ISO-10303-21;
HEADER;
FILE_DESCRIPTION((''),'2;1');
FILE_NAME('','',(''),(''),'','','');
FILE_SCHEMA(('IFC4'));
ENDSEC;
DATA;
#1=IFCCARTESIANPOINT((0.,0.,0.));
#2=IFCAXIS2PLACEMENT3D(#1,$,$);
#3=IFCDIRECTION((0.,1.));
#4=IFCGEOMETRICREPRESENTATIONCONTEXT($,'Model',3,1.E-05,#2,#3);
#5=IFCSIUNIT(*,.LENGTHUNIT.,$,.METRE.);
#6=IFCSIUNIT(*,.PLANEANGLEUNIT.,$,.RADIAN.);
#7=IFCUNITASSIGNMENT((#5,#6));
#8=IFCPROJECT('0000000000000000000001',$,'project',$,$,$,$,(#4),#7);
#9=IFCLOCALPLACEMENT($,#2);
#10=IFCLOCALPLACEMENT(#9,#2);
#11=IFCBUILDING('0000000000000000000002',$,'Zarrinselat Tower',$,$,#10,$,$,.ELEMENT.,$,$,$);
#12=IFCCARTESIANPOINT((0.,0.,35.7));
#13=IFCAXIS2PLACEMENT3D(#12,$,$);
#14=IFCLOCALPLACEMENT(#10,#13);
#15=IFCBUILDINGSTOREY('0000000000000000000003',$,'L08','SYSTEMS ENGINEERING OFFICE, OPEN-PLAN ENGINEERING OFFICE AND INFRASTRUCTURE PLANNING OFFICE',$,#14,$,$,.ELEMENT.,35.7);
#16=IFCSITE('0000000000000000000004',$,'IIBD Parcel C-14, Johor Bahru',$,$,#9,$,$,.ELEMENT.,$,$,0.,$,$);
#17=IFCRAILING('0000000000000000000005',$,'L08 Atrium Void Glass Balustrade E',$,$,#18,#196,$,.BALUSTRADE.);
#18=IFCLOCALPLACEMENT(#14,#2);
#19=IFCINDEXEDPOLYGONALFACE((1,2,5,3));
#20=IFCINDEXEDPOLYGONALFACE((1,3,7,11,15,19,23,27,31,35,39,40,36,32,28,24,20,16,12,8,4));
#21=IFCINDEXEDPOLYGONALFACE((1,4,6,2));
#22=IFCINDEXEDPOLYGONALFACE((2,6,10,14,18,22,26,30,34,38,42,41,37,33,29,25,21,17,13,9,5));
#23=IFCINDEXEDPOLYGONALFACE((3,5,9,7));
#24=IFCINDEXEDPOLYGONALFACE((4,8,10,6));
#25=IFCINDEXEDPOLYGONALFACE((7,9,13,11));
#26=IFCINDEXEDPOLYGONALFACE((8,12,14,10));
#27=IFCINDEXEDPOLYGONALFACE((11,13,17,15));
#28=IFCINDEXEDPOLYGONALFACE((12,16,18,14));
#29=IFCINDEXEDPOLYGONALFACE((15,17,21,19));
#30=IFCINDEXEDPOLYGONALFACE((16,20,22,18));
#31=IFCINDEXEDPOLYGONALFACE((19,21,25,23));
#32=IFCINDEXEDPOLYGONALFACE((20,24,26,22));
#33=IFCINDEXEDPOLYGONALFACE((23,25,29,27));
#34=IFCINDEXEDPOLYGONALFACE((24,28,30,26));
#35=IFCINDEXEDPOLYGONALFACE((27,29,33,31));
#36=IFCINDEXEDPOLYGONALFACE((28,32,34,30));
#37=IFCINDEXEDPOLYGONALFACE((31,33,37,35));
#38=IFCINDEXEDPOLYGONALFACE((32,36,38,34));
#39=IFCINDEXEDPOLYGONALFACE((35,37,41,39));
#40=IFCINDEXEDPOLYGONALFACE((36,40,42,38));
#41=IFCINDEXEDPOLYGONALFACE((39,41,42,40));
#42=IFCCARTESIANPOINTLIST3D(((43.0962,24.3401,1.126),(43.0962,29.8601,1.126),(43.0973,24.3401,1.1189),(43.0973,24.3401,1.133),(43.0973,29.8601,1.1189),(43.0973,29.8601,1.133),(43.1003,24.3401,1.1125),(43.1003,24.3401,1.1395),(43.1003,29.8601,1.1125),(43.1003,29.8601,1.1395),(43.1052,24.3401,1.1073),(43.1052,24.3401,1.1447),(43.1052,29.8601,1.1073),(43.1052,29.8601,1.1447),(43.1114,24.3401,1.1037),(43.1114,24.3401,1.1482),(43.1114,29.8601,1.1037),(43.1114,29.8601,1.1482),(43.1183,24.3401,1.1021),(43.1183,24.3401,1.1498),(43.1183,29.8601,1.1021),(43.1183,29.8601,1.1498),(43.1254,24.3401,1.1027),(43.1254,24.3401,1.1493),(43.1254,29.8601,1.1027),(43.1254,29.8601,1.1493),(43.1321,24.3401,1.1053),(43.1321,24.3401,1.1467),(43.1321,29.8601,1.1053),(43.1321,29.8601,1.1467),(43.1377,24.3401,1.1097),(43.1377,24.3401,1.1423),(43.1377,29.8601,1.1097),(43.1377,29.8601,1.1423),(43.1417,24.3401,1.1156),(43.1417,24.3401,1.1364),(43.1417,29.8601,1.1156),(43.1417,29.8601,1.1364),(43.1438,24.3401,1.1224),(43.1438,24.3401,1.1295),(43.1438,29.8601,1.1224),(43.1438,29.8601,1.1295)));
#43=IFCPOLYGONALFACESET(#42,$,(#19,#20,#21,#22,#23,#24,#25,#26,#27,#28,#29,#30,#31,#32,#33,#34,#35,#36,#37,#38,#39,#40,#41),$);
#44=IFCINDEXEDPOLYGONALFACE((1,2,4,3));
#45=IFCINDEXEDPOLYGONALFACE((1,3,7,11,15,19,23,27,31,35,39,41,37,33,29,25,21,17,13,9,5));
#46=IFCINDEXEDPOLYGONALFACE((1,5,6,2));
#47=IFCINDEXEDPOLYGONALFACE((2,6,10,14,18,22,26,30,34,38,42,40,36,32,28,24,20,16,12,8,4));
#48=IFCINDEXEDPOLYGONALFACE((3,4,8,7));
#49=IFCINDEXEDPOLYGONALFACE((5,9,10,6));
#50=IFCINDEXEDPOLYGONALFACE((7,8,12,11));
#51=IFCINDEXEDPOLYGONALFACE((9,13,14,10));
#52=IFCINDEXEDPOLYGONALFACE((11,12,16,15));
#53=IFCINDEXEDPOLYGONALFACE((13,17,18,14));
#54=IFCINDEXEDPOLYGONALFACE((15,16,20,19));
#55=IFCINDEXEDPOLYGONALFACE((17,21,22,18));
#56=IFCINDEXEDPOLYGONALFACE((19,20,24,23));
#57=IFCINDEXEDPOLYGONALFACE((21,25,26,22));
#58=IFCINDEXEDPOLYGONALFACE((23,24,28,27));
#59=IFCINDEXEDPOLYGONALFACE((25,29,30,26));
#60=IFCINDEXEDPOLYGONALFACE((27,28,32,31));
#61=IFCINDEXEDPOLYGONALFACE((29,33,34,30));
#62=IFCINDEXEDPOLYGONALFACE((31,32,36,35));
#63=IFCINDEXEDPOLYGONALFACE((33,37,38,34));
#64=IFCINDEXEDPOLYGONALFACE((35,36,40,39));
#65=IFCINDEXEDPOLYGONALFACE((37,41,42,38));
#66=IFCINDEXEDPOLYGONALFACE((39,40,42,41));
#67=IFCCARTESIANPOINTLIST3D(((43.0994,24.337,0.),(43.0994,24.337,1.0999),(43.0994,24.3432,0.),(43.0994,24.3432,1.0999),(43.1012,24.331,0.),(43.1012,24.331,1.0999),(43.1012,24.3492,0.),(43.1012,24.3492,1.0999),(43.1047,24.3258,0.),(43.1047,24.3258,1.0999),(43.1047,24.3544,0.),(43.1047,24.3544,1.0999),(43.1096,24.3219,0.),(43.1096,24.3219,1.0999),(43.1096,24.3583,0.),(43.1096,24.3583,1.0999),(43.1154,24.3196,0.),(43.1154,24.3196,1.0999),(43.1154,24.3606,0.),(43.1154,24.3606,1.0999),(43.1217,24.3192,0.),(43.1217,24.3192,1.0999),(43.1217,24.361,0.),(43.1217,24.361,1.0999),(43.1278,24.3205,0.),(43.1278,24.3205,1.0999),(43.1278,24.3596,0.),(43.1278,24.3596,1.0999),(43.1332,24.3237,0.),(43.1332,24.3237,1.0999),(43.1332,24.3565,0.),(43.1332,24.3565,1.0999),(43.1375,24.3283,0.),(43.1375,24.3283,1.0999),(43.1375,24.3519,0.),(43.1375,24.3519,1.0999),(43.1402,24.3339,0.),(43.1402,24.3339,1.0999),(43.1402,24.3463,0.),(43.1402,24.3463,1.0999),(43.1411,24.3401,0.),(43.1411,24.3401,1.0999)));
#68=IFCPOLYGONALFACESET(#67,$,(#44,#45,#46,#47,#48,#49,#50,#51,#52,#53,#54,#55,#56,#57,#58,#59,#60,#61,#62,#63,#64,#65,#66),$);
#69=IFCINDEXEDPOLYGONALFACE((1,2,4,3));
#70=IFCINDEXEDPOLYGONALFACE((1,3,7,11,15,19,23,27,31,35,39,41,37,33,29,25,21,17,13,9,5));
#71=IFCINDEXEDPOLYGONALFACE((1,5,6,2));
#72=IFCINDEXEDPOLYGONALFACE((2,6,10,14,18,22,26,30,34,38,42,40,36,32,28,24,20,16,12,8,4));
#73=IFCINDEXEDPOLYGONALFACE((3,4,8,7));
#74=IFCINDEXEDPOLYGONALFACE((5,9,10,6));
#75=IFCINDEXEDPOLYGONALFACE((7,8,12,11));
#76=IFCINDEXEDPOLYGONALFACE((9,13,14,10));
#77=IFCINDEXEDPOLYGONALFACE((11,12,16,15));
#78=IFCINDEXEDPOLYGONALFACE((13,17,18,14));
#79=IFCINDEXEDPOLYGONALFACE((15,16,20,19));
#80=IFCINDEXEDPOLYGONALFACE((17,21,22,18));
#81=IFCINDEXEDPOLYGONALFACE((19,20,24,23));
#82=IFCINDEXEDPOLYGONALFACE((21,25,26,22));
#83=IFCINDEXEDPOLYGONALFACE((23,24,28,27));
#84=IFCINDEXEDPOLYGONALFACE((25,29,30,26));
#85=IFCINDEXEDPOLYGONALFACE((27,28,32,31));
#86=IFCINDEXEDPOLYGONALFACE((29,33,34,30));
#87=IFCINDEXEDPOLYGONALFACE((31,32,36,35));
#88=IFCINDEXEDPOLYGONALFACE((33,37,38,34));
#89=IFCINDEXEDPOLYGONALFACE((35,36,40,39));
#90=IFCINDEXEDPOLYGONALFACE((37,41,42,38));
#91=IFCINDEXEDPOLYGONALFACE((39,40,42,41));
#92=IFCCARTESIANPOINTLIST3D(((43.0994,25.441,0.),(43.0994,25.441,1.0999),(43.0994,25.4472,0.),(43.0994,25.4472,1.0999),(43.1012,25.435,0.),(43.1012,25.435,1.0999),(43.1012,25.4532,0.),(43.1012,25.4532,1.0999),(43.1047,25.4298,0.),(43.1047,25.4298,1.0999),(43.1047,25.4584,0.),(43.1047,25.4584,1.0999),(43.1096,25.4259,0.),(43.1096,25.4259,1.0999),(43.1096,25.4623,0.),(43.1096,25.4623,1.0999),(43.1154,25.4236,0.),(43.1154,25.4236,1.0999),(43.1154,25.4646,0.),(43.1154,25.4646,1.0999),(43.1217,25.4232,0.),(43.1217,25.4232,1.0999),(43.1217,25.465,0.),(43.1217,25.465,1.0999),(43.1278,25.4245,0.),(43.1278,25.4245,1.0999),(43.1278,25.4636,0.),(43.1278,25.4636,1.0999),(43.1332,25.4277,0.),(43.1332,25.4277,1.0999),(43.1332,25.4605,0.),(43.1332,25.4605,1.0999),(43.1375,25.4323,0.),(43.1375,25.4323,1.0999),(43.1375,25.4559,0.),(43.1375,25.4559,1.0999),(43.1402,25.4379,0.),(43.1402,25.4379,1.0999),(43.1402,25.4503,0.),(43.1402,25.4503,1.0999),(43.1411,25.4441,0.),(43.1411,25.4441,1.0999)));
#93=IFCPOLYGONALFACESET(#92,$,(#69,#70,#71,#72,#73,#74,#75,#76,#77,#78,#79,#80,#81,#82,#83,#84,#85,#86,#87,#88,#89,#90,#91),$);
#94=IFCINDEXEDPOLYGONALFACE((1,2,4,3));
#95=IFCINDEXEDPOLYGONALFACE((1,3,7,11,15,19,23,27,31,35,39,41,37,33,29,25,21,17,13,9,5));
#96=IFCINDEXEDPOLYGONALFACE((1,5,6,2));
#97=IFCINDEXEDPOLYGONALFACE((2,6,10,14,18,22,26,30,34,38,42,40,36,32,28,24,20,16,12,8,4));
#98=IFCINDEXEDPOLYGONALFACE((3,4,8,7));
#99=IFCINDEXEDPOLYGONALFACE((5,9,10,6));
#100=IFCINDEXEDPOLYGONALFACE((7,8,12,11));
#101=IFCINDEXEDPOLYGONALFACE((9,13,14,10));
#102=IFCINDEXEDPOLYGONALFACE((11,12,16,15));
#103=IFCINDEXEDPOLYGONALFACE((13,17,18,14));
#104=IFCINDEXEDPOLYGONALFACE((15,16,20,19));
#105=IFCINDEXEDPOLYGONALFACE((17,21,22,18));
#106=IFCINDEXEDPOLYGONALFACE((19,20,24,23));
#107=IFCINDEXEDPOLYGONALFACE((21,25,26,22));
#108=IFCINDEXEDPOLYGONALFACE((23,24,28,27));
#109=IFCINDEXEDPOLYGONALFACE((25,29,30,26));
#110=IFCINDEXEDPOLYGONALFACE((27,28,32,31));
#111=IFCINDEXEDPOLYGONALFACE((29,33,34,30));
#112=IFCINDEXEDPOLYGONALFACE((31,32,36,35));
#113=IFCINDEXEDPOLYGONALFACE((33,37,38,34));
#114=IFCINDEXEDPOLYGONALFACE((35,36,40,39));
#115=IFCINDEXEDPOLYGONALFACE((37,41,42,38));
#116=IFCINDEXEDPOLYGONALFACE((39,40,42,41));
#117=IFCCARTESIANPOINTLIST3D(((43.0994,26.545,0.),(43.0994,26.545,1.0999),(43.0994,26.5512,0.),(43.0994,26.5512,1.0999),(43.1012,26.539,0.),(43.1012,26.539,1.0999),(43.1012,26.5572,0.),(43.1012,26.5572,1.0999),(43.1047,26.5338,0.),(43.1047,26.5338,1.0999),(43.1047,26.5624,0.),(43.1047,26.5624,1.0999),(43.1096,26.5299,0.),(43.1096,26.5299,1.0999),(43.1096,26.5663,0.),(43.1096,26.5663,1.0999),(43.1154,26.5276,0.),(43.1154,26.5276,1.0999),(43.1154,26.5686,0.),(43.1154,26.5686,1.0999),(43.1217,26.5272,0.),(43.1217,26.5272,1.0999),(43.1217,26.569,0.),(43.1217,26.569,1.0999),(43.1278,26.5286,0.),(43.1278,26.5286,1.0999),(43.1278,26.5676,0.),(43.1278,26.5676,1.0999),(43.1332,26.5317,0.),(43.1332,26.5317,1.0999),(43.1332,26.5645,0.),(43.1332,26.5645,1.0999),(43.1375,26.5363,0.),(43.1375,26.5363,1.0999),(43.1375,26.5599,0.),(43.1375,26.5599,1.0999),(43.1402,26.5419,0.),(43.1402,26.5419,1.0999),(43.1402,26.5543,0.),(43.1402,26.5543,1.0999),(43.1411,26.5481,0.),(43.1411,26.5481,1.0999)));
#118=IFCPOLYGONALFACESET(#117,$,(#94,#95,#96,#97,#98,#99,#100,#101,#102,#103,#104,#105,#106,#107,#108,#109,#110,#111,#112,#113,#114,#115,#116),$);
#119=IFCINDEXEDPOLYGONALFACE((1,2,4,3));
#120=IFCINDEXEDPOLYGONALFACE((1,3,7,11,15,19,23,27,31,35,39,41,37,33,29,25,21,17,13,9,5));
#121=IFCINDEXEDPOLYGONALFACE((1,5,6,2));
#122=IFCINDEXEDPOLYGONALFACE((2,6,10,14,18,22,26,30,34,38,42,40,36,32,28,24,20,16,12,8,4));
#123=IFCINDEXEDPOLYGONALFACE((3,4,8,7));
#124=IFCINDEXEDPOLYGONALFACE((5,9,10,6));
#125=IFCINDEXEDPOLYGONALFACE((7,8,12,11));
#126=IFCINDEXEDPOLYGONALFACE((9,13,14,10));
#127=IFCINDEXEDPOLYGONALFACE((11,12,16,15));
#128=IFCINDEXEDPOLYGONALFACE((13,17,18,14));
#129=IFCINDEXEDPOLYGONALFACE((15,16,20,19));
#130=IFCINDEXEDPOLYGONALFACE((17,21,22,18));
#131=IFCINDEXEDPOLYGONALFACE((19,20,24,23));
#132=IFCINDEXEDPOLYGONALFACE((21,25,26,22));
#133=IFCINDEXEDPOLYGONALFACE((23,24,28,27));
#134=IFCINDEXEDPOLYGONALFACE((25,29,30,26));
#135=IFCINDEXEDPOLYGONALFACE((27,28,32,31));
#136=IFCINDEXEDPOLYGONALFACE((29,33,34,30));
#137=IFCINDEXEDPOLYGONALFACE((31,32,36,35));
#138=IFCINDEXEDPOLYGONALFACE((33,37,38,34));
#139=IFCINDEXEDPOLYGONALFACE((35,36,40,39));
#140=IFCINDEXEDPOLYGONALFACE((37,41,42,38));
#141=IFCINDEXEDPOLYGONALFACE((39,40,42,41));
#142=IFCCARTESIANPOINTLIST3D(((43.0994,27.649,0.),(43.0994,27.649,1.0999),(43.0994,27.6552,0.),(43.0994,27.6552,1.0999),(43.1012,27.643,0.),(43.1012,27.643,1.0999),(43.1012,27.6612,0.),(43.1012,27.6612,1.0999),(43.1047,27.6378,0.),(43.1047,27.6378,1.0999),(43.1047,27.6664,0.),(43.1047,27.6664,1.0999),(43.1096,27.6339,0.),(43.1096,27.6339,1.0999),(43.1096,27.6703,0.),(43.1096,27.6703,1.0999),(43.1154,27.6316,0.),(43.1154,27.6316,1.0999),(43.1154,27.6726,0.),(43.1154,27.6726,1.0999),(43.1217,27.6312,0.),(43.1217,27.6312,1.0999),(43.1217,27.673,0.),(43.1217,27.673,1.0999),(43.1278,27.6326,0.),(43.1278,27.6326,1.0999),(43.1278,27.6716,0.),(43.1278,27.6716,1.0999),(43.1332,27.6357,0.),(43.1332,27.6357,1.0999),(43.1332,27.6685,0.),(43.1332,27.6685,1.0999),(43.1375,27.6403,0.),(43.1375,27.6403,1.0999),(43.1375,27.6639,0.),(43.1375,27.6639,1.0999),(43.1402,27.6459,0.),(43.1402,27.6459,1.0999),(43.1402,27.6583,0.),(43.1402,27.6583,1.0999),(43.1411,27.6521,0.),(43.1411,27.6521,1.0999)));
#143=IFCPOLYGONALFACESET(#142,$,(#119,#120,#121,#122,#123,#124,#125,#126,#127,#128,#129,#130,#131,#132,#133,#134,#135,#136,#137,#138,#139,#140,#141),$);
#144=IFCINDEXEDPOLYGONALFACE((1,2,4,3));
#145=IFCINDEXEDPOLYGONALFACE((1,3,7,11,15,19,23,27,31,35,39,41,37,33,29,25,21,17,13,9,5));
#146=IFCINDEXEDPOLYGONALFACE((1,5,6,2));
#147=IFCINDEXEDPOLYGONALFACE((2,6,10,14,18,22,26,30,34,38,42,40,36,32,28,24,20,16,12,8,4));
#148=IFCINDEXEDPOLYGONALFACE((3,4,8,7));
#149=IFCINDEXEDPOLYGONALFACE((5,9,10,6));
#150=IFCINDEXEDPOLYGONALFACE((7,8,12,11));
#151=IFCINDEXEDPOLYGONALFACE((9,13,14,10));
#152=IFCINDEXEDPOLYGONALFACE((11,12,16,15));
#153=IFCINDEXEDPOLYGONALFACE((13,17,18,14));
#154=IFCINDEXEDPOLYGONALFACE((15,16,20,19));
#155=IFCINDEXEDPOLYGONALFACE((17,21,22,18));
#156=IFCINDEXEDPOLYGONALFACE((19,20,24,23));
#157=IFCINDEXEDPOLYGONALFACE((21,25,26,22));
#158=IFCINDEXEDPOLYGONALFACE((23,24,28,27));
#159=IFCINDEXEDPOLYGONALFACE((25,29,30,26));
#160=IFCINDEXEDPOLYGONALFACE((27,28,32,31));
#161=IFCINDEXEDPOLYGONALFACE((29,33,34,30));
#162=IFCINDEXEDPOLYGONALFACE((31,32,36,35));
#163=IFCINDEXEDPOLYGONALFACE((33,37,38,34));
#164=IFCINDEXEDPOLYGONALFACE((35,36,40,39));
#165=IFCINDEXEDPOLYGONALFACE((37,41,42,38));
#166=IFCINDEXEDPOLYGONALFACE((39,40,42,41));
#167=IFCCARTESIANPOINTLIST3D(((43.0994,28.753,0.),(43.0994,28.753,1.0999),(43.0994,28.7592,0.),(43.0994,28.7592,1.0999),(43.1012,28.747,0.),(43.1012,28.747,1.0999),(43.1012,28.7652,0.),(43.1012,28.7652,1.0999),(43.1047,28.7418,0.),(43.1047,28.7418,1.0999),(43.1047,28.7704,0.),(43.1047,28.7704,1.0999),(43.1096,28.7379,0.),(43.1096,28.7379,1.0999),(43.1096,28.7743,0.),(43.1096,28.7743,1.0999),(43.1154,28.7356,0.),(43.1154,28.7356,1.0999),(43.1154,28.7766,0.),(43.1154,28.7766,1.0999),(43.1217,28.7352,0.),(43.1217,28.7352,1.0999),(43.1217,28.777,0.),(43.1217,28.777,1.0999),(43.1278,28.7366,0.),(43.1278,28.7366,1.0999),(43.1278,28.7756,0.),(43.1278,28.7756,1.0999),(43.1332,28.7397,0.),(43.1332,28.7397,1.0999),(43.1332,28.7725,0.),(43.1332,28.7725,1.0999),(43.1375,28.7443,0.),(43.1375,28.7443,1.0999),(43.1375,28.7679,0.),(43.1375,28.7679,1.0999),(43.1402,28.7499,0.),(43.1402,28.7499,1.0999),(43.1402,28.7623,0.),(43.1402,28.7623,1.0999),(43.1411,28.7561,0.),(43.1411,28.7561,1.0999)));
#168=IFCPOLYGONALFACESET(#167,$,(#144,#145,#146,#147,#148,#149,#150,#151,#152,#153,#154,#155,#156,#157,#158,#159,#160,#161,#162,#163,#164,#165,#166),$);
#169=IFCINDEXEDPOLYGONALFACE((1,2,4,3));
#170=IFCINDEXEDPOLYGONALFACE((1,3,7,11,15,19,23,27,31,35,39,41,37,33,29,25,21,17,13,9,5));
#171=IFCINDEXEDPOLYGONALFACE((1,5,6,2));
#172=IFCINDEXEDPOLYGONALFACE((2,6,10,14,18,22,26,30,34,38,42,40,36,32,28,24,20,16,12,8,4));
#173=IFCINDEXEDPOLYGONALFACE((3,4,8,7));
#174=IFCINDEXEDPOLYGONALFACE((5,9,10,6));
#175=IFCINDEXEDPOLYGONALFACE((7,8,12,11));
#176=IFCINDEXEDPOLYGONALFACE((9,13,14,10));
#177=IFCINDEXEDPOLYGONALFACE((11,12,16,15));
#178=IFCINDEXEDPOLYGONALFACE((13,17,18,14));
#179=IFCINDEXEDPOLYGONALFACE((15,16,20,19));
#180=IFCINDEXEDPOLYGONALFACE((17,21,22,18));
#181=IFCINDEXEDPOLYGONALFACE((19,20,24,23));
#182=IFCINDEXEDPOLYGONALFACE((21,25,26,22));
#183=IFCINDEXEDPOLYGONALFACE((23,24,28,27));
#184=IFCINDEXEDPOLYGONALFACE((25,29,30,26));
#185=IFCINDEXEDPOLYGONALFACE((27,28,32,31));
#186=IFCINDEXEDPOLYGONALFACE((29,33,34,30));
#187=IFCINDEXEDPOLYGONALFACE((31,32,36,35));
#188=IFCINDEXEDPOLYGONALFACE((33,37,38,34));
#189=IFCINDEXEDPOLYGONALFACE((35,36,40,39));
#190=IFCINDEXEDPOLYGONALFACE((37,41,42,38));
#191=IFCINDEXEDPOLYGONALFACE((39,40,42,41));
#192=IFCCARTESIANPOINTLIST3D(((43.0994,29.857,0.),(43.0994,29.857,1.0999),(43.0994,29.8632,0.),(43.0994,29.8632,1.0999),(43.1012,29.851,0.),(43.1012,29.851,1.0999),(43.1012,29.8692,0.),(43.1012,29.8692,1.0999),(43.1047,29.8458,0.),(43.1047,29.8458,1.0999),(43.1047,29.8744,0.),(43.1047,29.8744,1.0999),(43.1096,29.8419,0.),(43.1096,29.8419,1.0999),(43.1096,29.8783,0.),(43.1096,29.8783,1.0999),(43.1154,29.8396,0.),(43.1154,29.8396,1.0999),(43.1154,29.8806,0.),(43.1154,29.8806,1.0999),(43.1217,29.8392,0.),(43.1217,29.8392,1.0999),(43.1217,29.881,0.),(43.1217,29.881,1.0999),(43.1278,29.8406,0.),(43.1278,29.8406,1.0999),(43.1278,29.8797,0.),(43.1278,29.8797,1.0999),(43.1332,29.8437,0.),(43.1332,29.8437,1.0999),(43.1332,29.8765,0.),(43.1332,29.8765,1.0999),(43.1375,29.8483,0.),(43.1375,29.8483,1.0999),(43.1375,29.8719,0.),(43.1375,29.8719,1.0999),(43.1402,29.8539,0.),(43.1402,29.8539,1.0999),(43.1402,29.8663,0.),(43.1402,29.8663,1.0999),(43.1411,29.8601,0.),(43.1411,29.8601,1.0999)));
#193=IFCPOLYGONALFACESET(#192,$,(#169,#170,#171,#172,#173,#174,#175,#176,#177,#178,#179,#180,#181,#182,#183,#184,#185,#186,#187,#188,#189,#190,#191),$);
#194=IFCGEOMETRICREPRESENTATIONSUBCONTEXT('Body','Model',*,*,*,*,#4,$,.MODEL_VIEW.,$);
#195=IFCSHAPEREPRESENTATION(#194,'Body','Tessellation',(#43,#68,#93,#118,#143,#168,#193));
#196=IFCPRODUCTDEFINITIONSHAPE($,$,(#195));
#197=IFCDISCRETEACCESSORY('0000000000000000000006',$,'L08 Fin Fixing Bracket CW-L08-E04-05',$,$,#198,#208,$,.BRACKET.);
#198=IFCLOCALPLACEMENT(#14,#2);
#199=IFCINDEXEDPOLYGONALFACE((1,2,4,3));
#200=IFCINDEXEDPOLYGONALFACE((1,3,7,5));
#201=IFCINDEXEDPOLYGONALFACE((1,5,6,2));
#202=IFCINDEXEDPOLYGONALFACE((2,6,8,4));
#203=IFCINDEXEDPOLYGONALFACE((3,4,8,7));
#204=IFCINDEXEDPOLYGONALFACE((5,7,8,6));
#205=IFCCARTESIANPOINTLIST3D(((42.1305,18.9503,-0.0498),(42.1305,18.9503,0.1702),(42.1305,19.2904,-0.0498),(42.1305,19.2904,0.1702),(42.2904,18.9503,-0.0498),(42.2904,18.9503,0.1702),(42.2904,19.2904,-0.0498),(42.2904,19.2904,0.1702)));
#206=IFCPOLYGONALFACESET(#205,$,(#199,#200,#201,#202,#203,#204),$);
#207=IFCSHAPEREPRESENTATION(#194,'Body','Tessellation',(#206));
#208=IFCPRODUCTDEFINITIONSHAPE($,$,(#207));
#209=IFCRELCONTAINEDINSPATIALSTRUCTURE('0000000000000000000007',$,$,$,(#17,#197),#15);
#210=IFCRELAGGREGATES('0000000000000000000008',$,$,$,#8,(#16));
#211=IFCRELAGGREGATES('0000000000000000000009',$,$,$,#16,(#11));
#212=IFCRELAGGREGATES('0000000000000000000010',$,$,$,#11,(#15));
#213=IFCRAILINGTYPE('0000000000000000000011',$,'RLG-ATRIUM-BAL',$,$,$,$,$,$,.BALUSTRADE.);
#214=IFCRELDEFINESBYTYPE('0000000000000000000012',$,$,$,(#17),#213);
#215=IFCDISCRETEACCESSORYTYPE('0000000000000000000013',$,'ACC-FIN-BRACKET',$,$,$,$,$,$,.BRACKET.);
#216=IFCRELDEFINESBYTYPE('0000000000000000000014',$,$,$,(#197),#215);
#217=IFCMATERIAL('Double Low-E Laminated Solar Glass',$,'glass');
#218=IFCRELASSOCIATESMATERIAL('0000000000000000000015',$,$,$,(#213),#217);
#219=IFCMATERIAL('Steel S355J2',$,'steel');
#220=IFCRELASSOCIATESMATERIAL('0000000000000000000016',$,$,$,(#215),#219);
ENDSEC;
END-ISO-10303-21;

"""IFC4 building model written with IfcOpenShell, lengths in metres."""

from ifc_helpers import new_model, si_unit, direction, frame, origin, origin_2d, place, context, subcontext, project, spatial, rectangle, circle, extrude, material, type_object, element, save


model = new_model("IFC4")

# Units and contexts
model_context = context("Model", 3, precision=1e-05, world=origin(), true_north=direction((0.0, 1.0)))
body_context = subcontext(model_context, "Body", "Model", "MODEL_VIEW")
ifc_project = project(units=[si_unit("LENGTHUNIT", "METRE"), si_unit("PLANEANGLEUNIT", "RADIAN")], contexts=[model_context])

# Site, building, storey
site_placement = place(None, origin())
site = spatial("IfcSite", under=ifc_project, at=site_placement, Name="IIBD Parcel C-14, Johor Bahru", CompositionType="ELEMENT", RefElevation=0.0)
building_placement = place(site_placement, origin())
building = spatial("IfcBuilding", under=site, at=building_placement, Name="Zarrinselat Tower", CompositionType="ELEMENT")
storey_placement = place(building_placement, frame((0.0, 0.0, 35.7)))
storey = spatial("IfcBuildingStorey", under=building, at=storey_placement, Name="L08", Description="SYSTEMS ENGINEERING OFFICE, OPEN-PLAN ENGINEERING OFFICE AND INFRASTRUCTURE PLANNING OFFICE", CompositionType="ELEMENT", Elevation=35.7)

# Railing
ifc_material_1 = material(Name="Double Low-E Laminated Solar Glass", Category="glass")
railing_type = type_object("IfcRailingType", Name="RLG-ATRIUM-BAL", PredefinedType="BALUSTRADE", material=ifc_material_1)
railing_1_placement = place(storey_placement, frame((43.1201, 24.3401, 0.0)))
element("IfcRailing", 1, at=railing_1_placement, inside=storey, type_object=railing_type, Name="L08 Atrium Void Glass Balustrade E", PredefinedType="BALUSTRADE", context=body_context, shape_type="SweptSolid", body=[
    extrude(circle(Radius=0.0239, at=origin_2d()), frame((0.0, 0.0, 1.126), z_axis=(0.0, 1.0, 0.0), x_axis=(-1.0, 0.0, 0.0)), (0.0, 0.0, 1.0), 5.52),
    extrude(circle(Radius=0.021, at=origin_2d()), origin(), (0.0, 0.0, 1.0), 1.0999),
    extrude(circle(Radius=0.021, at=origin_2d()), frame((0.0, 1.104, 0.0)), (0.0, 0.0, 1.0), 1.0999),
    extrude(circle(Radius=0.021, at=origin_2d()), frame((0.0, 2.208, 0.0)), (0.0, 0.0, 1.0), 1.0999),
    extrude(circle(Radius=0.021, at=origin_2d()), frame((0.0, 3.312, 0.0)), (0.0, 0.0, 1.0), 1.0999),
    extrude(circle(Radius=0.021, at=origin_2d()), frame((0.0, 4.416, 0.0)), (0.0, 0.0, 1.0), 1.0999),
    extrude(circle(Radius=0.021, at=origin_2d()), frame((0.0, 5.52, 0.0)), (0.0, 0.0, 1.0), 1.0999),
])

# Discrete accessory
ifc_material_2 = material(Name="Steel S355J2", Category="steel")
discrete_accessory_type = type_object("IfcDiscreteAccessoryType", Name="ACC-FIN-BRACKET", PredefinedType="BRACKET", material=ifc_material_2)
discrete_accessory_placement = place(storey_placement, frame((42.2104, 19.1204, -0.0498), z_axis=(0.0, 0.0, 1.0), x_axis=(0.0, -1.0, 0.0)))
element("IfcDiscreteAccessory", 2, at=discrete_accessory_placement, inside=storey, type_object=discrete_accessory_type, Name="L08 Fin Fixing Bracket CW-L08-E04-05", PredefinedType="BRACKET", context=body_context, shape_type="SweptSolid", body=[
    extrude(rectangle(XDim=0.3401, YDim=0.1599, at=origin_2d()), origin(), (0.0, 0.0, 1.0), 0.22),
])

save(model, "model.ifc")
